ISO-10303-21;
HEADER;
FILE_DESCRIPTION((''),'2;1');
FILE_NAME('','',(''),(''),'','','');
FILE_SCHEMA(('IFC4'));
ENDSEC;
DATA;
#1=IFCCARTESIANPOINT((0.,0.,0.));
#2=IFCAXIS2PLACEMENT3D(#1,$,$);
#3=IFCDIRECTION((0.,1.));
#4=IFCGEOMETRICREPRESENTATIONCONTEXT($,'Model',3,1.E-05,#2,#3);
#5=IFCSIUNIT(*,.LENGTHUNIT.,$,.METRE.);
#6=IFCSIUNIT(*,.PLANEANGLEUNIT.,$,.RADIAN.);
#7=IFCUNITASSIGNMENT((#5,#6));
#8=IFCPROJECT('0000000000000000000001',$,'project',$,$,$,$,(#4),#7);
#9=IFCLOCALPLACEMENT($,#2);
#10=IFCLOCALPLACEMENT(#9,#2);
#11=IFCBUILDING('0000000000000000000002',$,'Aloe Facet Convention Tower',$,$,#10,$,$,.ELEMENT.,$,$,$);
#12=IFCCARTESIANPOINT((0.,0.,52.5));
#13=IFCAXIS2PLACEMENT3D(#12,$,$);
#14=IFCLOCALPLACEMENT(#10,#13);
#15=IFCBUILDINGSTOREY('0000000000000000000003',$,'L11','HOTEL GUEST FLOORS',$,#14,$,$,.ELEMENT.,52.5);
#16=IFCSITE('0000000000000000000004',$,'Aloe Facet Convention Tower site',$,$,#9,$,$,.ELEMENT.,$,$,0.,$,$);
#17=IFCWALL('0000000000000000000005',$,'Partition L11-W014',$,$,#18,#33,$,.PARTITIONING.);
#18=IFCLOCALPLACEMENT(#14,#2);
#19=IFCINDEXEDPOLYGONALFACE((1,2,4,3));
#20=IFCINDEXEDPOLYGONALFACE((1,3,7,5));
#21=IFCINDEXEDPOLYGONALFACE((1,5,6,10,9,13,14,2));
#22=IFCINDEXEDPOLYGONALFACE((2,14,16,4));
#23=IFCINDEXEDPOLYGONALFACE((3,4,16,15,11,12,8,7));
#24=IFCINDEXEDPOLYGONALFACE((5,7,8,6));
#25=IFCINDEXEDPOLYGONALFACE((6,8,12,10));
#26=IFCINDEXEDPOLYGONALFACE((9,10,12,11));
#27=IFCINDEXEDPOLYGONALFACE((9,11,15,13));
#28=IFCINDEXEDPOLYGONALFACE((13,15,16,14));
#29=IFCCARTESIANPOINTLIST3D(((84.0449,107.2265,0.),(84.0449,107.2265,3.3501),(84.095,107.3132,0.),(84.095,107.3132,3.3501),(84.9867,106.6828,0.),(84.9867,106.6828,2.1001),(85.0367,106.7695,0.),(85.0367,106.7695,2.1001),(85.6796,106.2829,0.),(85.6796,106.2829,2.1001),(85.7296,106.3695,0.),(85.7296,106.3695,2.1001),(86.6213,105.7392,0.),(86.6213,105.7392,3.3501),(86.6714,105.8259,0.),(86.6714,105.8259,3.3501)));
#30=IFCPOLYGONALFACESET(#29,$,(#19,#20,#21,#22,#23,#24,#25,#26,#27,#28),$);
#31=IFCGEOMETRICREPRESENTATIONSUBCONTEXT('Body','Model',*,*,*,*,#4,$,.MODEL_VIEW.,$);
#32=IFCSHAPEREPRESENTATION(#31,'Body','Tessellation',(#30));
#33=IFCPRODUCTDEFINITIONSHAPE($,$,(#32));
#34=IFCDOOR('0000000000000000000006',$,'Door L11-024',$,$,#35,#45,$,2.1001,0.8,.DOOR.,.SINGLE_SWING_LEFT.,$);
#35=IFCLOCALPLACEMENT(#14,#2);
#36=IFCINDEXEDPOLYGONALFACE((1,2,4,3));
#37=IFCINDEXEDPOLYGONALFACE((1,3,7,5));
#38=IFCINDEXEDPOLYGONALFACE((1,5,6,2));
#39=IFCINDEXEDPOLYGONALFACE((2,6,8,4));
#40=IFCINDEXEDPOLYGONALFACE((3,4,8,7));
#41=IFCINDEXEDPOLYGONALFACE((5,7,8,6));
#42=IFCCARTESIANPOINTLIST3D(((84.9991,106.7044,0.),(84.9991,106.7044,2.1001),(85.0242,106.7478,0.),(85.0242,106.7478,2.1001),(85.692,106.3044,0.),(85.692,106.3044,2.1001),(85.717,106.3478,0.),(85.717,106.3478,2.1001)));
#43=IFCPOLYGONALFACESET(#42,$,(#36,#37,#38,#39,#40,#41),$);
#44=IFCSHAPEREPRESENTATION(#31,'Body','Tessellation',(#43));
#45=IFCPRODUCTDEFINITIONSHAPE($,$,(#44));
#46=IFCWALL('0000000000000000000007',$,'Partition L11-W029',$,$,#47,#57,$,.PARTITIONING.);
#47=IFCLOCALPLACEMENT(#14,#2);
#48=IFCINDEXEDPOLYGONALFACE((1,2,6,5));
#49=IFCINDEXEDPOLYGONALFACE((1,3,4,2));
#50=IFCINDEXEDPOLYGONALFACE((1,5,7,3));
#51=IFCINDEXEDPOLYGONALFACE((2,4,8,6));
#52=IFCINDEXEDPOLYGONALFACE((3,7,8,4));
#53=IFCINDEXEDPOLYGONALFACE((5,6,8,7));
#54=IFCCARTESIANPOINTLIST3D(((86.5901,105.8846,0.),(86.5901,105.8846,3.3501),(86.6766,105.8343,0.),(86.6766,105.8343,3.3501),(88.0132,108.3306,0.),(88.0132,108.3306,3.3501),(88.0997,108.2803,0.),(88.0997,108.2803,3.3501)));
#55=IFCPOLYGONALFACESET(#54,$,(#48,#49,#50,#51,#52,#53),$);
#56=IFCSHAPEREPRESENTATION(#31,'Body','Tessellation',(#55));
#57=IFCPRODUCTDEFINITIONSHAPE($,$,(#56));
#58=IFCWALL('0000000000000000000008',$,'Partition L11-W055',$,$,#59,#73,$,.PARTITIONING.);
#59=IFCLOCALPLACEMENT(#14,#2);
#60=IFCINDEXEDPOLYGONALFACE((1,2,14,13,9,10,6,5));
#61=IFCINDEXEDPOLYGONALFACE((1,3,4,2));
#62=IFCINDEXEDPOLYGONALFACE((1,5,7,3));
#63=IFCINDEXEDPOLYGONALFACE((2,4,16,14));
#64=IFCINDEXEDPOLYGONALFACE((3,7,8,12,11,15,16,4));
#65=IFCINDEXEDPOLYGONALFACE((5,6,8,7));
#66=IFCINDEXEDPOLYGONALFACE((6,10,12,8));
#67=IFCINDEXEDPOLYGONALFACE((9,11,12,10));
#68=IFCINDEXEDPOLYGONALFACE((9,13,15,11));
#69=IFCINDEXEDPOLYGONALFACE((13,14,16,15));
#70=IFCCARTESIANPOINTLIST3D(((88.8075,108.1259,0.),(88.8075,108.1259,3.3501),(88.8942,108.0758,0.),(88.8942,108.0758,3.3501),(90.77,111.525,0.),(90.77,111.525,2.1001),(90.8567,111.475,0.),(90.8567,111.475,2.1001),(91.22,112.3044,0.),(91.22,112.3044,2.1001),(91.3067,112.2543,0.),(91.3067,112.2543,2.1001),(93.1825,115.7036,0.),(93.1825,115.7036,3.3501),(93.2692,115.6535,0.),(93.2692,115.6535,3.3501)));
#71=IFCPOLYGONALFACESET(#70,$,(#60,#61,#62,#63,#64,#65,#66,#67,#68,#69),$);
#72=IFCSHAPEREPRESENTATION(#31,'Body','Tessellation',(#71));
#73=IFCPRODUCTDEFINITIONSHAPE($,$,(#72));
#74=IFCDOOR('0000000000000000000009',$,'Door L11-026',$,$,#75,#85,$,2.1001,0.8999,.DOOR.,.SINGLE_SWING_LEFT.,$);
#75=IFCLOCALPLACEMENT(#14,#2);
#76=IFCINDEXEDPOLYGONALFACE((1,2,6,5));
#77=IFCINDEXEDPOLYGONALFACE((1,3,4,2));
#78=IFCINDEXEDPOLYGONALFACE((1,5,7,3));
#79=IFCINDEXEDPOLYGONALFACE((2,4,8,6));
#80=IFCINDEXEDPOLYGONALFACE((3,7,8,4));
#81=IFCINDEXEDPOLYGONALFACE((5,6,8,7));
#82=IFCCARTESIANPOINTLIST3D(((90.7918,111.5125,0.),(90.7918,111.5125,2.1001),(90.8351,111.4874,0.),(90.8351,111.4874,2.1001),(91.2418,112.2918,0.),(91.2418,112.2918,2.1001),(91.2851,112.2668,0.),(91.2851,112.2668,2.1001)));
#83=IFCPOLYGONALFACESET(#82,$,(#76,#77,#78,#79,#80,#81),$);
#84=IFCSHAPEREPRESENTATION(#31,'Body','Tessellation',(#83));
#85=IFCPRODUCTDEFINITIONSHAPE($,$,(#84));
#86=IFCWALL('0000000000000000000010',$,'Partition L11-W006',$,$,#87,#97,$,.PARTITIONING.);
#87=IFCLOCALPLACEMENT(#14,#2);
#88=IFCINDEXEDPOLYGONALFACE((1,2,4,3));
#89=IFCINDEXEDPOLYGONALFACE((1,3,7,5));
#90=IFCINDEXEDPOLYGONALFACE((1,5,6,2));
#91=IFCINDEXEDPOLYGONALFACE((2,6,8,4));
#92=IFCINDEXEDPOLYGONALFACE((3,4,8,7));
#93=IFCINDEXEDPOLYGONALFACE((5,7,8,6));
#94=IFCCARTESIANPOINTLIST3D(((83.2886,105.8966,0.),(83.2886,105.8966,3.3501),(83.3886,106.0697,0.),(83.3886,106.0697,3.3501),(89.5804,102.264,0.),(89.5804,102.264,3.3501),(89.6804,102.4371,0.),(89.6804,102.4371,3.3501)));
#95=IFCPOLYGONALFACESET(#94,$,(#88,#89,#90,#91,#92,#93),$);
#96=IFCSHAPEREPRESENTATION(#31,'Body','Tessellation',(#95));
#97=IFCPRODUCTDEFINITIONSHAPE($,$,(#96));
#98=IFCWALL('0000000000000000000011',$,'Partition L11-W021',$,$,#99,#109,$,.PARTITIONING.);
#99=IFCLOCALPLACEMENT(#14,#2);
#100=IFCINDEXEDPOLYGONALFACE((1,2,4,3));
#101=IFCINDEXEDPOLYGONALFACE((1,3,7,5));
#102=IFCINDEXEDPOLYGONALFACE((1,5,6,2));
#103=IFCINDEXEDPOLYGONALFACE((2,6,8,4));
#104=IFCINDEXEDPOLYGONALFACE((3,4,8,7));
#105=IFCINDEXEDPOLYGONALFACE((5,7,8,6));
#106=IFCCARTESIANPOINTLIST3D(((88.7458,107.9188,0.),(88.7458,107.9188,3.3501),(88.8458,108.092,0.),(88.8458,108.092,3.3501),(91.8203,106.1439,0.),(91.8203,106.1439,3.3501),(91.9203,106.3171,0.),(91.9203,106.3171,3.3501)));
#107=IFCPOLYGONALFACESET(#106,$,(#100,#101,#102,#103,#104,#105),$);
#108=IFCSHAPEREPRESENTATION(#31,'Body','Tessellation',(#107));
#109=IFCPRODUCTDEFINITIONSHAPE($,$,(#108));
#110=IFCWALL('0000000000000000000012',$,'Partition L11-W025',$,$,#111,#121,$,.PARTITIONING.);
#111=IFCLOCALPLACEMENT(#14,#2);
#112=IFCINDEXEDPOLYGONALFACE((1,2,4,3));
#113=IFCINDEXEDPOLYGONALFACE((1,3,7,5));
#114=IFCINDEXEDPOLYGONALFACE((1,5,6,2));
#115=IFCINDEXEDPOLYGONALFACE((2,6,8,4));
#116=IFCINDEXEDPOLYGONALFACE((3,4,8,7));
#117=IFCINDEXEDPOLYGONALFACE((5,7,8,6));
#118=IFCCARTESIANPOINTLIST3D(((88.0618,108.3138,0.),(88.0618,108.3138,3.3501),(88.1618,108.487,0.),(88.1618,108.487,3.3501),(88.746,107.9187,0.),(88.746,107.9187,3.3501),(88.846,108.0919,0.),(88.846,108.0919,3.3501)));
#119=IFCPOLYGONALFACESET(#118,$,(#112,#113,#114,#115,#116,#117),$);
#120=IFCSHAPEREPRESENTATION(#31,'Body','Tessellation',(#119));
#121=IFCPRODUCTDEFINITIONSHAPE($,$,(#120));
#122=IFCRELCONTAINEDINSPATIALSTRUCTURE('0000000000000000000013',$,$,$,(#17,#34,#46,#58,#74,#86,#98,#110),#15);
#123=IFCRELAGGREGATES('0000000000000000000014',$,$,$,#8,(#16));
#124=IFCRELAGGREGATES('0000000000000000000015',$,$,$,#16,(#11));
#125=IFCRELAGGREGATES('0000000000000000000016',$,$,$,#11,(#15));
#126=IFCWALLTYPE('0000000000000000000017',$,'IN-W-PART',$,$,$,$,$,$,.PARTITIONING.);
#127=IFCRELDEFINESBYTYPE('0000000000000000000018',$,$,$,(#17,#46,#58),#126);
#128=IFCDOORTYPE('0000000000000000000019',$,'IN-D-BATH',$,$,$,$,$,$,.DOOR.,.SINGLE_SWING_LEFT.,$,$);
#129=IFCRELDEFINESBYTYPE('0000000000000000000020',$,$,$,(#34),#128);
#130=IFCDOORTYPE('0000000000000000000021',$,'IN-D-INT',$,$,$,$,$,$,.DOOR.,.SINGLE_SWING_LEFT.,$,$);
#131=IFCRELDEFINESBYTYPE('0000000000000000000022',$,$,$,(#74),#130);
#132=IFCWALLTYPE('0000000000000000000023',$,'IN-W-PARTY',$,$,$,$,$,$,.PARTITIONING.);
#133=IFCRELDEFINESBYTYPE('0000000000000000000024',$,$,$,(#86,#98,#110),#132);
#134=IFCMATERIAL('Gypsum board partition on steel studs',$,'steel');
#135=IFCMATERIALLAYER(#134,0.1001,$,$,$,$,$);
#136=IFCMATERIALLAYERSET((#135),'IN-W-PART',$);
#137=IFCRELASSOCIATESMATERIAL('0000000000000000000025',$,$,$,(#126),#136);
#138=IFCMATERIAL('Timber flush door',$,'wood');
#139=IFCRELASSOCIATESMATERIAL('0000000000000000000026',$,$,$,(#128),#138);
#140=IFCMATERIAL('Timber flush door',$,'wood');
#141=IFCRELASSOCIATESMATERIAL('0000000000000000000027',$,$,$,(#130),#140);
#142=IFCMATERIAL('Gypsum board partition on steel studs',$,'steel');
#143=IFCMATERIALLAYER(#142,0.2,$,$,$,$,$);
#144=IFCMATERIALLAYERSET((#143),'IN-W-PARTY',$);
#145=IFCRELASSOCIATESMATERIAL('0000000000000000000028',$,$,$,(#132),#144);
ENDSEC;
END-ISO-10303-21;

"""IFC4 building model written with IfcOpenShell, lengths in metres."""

from ifc_helpers import new_model, si_unit, direction, frame, frame_2d, origin, place, context, subcontext, project, spatial, rectangle, extrude, material, layer, layer_set, type_object, element, fill, save


model = new_model("IFC4")

# Units and contexts
model_context = context("Model", 3, precision=1e-05, world=origin(), true_north=direction((0.0, 1.0)))
body_context = subcontext(model_context, "Body", "Model", "MODEL_VIEW")
ifc_project = project(units=[si_unit("LENGTHUNIT", "METRE"), si_unit("PLANEANGLEUNIT", "RADIAN")], contexts=[model_context])

# Site, building, storey
site_placement = place(None, origin())
site = spatial("IfcSite", under=ifc_project, at=site_placement, Name="Aloe Facet Convention Tower site", CompositionType="ELEMENT", RefElevation=0.0)
building_placement = place(site_placement, origin())
building = spatial("IfcBuilding", under=site, at=building_placement, Name="Aloe Facet Convention Tower", CompositionType="ELEMENT")
storey_placement = place(building_placement, frame((0.0, 0.0, 52.5)))
storey = spatial("IfcBuildingStorey", under=building, at=storey_placement, Name="L11", Description="HOTEL GUEST FLOORS", CompositionType="ELEMENT", Elevation=52.5)

# Shared definitions
ifc_material_1 = material(Name="Gypsum board partition on steel studs", Category="steel")
ifc_layer_1 = layer(ifc_material_1, 0.1001)
ifc_layer_set_1 = layer_set([ifc_layer_1], Name="IN-W-PART")
wall_type_1 = type_object("IfcWallType", Name="IN-W-PART", PredefinedType="PARTITIONING", material=ifc_layer_set_1)
ifc_material_2 = material(Name="Timber flush door", Category="wood")
door_type_1 = type_object("IfcDoorType", Name="IN-D-BATH", OperationType="SINGLE_SWING_LEFT", PredefinedType="DOOR", material=ifc_material_2)

# Wall, opening, door
wall_1_placement = place(storey_placement, frame((84.0701, 107.2698, 0.0), z_axis=(0.0, 0.0, 1.0), x_axis=(0.866053, -0.499952, 0.0)))
wall_1 = element("IfcWall", 1, at=wall_1_placement, inside=storey, type_object=wall_type_1, Name="Partition L11-W014", PredefinedType="PARTITIONING", context=body_context, shape_type="SweptSolid", body=[
    extrude(rectangle(XDim=2.9749, YDim=0.1001, at=frame_2d((1.4873, 0.0))), origin(), (0.0, 0.0, 1.0), 3.3501),
])
opening_1_placement = place(wall_1_placement, frame((1.0874, 0.0, 0.0)))
opening_1 = element("IfcOpeningElement", 2, at=opening_1_placement, cuts=wall_1, PredefinedType="OPENING", context=body_context, shape_type="SweptSolid", body=[
    extrude(rectangle(XDim=0.8, YDim=2.1001, at=frame_2d((0.3999, 1.05))), frame((0.0, 0.0601, 0.0), z_axis=(0.0, -1.0, 0.0), x_axis=(1.0, 0.0, 0.0)), (0.0, 0.0, 1.0), 0.1201),
])
door_1_placement = place(opening_1_placement, origin())
door_1 = element("IfcDoor", 3, at=door_1_placement, inside=storey, type_object=door_type_1, Name="Door L11-024", OperationType="SINGLE_SWING_LEFT", OverallHeight=2.1001, OverallWidth=0.8, PredefinedType="DOOR", context=body_context, shape_type="SweptSolid", body=[
    extrude(rectangle(XDim=0.8, YDim=2.1001, at=frame_2d((0.3999, 1.05))), frame((0.0, 0.0249, 0.0), z_axis=(0.0, -1.0, 0.0), x_axis=(1.0, 0.0, 0.0)), (0.0, 0.0, 1.0), 0.05),
])
fill(opening_1, door_1)

# Wall
wall_2_placement = place(storey_placement, frame((86.6333, 105.8594, 0.0), z_axis=(0.0, 0.0, 1.0), x_axis=(0.502878, 0.864357, 0.0)))
element("IfcWall", 4, at=wall_2_placement, inside=storey, type_object=wall_type_1, Name="Partition L11-W029", PredefinedType="PARTITIONING", context=body_context, shape_type="SweptSolid", body=[
    extrude(rectangle(XDim=2.8298, YDim=0.1001, at=frame_2d((1.415, 0.0))), origin(), (0.0, 0.0, 1.0), 3.3501),
])

# Wall, opening, door
wall_3_placement = place(storey_placement, frame((88.8508, 108.1008, 0.0), z_axis=(0.0, 0.0, 1.0), x_axis=(0.500004, 0.866023, 0.0)))
wall_3 = element("IfcWall", 5, at=wall_3_placement, inside=storey, type_object=wall_type_1, Name="Partition L11-W055", PredefinedType="PARTITIONING", context=body_context, shape_type="SweptSolid", body=[
    extrude(rectangle(XDim=8.75, YDim=0.1001, at=frame_2d((4.375, 0.0))), origin(), (0.0, 0.0, 1.0), 3.3501),
])
opening_2_placement = place(wall_3_placement, frame((3.925, 0.0, 0.0)))
opening_2 = element("IfcOpeningElement", 6, at=opening_2_placement, cuts=wall_3, PredefinedType="OPENING", context=body_context, shape_type="SweptSolid", body=[
    extrude(rectangle(XDim=0.8999, YDim=2.1001, at=frame_2d((0.45, 1.05))), frame((0.0, 0.0601, 0.0), z_axis=(0.0, -1.0, 0.0), x_axis=(1.0, 0.0, 0.0)), (0.0, 0.0, 1.0), 0.1201),
])
ifc_material_3 = material(Name="Timber flush door", Category="wood")
door_type_2 = type_object("IfcDoorType", Name="IN-D-INT", OperationType="SINGLE_SWING_LEFT", PredefinedType="DOOR", material=ifc_material_3)
door_2_placement = place(opening_2_placement, origin())
door_2 = element("IfcDoor", 7, at=door_2_placement, inside=storey, type_object=door_type_2, Name="Door L11-026", OperationType="SINGLE_SWING_LEFT", OverallHeight=2.1001, OverallWidth=0.8999, PredefinedType="DOOR", context=body_context, shape_type="SweptSolid", body=[
    extrude(rectangle(XDim=0.8999, YDim=2.1001, at=frame_2d((0.45, 1.05))), frame((0.0, 0.0249, 0.0), z_axis=(0.0, -1.0, 0.0), x_axis=(1.0, 0.0, 0.0)), (0.0, 0.0, 1.0), 0.05),
])
fill(opening_2, door_2)

# Walls
ifc_material_4 = material(Name="Gypsum board partition on steel studs", Category="steel")
ifc_layer_2 = layer(ifc_material_4, 0.2)
ifc_layer_set_2 = layer_set([ifc_layer_2], Name="IN-W-PARTY")
wall_type_2 = type_object("IfcWallType", Name="IN-W-PARTY", PredefinedType="PARTITIONING", material=ifc_layer_set_2)
wall_4_placement = place(storey_placement, frame((83.3386, 105.9832, 0.0), z_axis=(0.0, 0.0, 1.0), x_axis=(0.866024, -0.500003, 0.0)))
element("IfcWall", 8, at=wall_4_placement, inside=storey, type_object=wall_type_2, Name="Partition L11-W006", PredefinedType="PARTITIONING", context=body_context, shape_type="SweptSolid", body=[
    extrude(rectangle(XDim=7.2651, YDim=0.2, at=frame_2d((3.6326, 0.0))), origin(), (0.0, 0.0, 1.0), 3.3501),
])
wall_5_placement = place(storey_placement, frame((88.7959, 108.0054, 0.0), z_axis=(0.0, 0.0, 1.0), x_axis=(0.866042, -0.49997, 0.0)))
element("IfcWall", 9, at=wall_5_placement, inside=storey, type_object=wall_type_2, Name="Partition L11-W021", PredefinedType="PARTITIONING", context=body_context, shape_type="SweptSolid", body=[
    extrude(rectangle(XDim=3.55, YDim=0.2, at=frame_2d((1.7749, 0.0))), origin(), (0.0, 0.0, 1.0), 3.3501),
])
wall_6_placement = place(storey_placement, frame((88.1118, 108.4004, 0.0), z_axis=(0.0, 0.0, 1.0), x_axis=(0.86599, -0.500061, 0.0)))
element("IfcWall", 10, at=wall_6_placement, inside=storey, type_object=wall_type_2, Name="Partition L11-W025", PredefinedType="PARTITIONING", context=body_context, shape_type="SweptSolid", body=[
    extrude(rectangle(XDim=0.79, YDim=0.2, at=frame_2d((0.395, 0.0))), origin(), (0.0, 0.0, 1.0), 3.3501),
])

save(model, "model.ifc")
